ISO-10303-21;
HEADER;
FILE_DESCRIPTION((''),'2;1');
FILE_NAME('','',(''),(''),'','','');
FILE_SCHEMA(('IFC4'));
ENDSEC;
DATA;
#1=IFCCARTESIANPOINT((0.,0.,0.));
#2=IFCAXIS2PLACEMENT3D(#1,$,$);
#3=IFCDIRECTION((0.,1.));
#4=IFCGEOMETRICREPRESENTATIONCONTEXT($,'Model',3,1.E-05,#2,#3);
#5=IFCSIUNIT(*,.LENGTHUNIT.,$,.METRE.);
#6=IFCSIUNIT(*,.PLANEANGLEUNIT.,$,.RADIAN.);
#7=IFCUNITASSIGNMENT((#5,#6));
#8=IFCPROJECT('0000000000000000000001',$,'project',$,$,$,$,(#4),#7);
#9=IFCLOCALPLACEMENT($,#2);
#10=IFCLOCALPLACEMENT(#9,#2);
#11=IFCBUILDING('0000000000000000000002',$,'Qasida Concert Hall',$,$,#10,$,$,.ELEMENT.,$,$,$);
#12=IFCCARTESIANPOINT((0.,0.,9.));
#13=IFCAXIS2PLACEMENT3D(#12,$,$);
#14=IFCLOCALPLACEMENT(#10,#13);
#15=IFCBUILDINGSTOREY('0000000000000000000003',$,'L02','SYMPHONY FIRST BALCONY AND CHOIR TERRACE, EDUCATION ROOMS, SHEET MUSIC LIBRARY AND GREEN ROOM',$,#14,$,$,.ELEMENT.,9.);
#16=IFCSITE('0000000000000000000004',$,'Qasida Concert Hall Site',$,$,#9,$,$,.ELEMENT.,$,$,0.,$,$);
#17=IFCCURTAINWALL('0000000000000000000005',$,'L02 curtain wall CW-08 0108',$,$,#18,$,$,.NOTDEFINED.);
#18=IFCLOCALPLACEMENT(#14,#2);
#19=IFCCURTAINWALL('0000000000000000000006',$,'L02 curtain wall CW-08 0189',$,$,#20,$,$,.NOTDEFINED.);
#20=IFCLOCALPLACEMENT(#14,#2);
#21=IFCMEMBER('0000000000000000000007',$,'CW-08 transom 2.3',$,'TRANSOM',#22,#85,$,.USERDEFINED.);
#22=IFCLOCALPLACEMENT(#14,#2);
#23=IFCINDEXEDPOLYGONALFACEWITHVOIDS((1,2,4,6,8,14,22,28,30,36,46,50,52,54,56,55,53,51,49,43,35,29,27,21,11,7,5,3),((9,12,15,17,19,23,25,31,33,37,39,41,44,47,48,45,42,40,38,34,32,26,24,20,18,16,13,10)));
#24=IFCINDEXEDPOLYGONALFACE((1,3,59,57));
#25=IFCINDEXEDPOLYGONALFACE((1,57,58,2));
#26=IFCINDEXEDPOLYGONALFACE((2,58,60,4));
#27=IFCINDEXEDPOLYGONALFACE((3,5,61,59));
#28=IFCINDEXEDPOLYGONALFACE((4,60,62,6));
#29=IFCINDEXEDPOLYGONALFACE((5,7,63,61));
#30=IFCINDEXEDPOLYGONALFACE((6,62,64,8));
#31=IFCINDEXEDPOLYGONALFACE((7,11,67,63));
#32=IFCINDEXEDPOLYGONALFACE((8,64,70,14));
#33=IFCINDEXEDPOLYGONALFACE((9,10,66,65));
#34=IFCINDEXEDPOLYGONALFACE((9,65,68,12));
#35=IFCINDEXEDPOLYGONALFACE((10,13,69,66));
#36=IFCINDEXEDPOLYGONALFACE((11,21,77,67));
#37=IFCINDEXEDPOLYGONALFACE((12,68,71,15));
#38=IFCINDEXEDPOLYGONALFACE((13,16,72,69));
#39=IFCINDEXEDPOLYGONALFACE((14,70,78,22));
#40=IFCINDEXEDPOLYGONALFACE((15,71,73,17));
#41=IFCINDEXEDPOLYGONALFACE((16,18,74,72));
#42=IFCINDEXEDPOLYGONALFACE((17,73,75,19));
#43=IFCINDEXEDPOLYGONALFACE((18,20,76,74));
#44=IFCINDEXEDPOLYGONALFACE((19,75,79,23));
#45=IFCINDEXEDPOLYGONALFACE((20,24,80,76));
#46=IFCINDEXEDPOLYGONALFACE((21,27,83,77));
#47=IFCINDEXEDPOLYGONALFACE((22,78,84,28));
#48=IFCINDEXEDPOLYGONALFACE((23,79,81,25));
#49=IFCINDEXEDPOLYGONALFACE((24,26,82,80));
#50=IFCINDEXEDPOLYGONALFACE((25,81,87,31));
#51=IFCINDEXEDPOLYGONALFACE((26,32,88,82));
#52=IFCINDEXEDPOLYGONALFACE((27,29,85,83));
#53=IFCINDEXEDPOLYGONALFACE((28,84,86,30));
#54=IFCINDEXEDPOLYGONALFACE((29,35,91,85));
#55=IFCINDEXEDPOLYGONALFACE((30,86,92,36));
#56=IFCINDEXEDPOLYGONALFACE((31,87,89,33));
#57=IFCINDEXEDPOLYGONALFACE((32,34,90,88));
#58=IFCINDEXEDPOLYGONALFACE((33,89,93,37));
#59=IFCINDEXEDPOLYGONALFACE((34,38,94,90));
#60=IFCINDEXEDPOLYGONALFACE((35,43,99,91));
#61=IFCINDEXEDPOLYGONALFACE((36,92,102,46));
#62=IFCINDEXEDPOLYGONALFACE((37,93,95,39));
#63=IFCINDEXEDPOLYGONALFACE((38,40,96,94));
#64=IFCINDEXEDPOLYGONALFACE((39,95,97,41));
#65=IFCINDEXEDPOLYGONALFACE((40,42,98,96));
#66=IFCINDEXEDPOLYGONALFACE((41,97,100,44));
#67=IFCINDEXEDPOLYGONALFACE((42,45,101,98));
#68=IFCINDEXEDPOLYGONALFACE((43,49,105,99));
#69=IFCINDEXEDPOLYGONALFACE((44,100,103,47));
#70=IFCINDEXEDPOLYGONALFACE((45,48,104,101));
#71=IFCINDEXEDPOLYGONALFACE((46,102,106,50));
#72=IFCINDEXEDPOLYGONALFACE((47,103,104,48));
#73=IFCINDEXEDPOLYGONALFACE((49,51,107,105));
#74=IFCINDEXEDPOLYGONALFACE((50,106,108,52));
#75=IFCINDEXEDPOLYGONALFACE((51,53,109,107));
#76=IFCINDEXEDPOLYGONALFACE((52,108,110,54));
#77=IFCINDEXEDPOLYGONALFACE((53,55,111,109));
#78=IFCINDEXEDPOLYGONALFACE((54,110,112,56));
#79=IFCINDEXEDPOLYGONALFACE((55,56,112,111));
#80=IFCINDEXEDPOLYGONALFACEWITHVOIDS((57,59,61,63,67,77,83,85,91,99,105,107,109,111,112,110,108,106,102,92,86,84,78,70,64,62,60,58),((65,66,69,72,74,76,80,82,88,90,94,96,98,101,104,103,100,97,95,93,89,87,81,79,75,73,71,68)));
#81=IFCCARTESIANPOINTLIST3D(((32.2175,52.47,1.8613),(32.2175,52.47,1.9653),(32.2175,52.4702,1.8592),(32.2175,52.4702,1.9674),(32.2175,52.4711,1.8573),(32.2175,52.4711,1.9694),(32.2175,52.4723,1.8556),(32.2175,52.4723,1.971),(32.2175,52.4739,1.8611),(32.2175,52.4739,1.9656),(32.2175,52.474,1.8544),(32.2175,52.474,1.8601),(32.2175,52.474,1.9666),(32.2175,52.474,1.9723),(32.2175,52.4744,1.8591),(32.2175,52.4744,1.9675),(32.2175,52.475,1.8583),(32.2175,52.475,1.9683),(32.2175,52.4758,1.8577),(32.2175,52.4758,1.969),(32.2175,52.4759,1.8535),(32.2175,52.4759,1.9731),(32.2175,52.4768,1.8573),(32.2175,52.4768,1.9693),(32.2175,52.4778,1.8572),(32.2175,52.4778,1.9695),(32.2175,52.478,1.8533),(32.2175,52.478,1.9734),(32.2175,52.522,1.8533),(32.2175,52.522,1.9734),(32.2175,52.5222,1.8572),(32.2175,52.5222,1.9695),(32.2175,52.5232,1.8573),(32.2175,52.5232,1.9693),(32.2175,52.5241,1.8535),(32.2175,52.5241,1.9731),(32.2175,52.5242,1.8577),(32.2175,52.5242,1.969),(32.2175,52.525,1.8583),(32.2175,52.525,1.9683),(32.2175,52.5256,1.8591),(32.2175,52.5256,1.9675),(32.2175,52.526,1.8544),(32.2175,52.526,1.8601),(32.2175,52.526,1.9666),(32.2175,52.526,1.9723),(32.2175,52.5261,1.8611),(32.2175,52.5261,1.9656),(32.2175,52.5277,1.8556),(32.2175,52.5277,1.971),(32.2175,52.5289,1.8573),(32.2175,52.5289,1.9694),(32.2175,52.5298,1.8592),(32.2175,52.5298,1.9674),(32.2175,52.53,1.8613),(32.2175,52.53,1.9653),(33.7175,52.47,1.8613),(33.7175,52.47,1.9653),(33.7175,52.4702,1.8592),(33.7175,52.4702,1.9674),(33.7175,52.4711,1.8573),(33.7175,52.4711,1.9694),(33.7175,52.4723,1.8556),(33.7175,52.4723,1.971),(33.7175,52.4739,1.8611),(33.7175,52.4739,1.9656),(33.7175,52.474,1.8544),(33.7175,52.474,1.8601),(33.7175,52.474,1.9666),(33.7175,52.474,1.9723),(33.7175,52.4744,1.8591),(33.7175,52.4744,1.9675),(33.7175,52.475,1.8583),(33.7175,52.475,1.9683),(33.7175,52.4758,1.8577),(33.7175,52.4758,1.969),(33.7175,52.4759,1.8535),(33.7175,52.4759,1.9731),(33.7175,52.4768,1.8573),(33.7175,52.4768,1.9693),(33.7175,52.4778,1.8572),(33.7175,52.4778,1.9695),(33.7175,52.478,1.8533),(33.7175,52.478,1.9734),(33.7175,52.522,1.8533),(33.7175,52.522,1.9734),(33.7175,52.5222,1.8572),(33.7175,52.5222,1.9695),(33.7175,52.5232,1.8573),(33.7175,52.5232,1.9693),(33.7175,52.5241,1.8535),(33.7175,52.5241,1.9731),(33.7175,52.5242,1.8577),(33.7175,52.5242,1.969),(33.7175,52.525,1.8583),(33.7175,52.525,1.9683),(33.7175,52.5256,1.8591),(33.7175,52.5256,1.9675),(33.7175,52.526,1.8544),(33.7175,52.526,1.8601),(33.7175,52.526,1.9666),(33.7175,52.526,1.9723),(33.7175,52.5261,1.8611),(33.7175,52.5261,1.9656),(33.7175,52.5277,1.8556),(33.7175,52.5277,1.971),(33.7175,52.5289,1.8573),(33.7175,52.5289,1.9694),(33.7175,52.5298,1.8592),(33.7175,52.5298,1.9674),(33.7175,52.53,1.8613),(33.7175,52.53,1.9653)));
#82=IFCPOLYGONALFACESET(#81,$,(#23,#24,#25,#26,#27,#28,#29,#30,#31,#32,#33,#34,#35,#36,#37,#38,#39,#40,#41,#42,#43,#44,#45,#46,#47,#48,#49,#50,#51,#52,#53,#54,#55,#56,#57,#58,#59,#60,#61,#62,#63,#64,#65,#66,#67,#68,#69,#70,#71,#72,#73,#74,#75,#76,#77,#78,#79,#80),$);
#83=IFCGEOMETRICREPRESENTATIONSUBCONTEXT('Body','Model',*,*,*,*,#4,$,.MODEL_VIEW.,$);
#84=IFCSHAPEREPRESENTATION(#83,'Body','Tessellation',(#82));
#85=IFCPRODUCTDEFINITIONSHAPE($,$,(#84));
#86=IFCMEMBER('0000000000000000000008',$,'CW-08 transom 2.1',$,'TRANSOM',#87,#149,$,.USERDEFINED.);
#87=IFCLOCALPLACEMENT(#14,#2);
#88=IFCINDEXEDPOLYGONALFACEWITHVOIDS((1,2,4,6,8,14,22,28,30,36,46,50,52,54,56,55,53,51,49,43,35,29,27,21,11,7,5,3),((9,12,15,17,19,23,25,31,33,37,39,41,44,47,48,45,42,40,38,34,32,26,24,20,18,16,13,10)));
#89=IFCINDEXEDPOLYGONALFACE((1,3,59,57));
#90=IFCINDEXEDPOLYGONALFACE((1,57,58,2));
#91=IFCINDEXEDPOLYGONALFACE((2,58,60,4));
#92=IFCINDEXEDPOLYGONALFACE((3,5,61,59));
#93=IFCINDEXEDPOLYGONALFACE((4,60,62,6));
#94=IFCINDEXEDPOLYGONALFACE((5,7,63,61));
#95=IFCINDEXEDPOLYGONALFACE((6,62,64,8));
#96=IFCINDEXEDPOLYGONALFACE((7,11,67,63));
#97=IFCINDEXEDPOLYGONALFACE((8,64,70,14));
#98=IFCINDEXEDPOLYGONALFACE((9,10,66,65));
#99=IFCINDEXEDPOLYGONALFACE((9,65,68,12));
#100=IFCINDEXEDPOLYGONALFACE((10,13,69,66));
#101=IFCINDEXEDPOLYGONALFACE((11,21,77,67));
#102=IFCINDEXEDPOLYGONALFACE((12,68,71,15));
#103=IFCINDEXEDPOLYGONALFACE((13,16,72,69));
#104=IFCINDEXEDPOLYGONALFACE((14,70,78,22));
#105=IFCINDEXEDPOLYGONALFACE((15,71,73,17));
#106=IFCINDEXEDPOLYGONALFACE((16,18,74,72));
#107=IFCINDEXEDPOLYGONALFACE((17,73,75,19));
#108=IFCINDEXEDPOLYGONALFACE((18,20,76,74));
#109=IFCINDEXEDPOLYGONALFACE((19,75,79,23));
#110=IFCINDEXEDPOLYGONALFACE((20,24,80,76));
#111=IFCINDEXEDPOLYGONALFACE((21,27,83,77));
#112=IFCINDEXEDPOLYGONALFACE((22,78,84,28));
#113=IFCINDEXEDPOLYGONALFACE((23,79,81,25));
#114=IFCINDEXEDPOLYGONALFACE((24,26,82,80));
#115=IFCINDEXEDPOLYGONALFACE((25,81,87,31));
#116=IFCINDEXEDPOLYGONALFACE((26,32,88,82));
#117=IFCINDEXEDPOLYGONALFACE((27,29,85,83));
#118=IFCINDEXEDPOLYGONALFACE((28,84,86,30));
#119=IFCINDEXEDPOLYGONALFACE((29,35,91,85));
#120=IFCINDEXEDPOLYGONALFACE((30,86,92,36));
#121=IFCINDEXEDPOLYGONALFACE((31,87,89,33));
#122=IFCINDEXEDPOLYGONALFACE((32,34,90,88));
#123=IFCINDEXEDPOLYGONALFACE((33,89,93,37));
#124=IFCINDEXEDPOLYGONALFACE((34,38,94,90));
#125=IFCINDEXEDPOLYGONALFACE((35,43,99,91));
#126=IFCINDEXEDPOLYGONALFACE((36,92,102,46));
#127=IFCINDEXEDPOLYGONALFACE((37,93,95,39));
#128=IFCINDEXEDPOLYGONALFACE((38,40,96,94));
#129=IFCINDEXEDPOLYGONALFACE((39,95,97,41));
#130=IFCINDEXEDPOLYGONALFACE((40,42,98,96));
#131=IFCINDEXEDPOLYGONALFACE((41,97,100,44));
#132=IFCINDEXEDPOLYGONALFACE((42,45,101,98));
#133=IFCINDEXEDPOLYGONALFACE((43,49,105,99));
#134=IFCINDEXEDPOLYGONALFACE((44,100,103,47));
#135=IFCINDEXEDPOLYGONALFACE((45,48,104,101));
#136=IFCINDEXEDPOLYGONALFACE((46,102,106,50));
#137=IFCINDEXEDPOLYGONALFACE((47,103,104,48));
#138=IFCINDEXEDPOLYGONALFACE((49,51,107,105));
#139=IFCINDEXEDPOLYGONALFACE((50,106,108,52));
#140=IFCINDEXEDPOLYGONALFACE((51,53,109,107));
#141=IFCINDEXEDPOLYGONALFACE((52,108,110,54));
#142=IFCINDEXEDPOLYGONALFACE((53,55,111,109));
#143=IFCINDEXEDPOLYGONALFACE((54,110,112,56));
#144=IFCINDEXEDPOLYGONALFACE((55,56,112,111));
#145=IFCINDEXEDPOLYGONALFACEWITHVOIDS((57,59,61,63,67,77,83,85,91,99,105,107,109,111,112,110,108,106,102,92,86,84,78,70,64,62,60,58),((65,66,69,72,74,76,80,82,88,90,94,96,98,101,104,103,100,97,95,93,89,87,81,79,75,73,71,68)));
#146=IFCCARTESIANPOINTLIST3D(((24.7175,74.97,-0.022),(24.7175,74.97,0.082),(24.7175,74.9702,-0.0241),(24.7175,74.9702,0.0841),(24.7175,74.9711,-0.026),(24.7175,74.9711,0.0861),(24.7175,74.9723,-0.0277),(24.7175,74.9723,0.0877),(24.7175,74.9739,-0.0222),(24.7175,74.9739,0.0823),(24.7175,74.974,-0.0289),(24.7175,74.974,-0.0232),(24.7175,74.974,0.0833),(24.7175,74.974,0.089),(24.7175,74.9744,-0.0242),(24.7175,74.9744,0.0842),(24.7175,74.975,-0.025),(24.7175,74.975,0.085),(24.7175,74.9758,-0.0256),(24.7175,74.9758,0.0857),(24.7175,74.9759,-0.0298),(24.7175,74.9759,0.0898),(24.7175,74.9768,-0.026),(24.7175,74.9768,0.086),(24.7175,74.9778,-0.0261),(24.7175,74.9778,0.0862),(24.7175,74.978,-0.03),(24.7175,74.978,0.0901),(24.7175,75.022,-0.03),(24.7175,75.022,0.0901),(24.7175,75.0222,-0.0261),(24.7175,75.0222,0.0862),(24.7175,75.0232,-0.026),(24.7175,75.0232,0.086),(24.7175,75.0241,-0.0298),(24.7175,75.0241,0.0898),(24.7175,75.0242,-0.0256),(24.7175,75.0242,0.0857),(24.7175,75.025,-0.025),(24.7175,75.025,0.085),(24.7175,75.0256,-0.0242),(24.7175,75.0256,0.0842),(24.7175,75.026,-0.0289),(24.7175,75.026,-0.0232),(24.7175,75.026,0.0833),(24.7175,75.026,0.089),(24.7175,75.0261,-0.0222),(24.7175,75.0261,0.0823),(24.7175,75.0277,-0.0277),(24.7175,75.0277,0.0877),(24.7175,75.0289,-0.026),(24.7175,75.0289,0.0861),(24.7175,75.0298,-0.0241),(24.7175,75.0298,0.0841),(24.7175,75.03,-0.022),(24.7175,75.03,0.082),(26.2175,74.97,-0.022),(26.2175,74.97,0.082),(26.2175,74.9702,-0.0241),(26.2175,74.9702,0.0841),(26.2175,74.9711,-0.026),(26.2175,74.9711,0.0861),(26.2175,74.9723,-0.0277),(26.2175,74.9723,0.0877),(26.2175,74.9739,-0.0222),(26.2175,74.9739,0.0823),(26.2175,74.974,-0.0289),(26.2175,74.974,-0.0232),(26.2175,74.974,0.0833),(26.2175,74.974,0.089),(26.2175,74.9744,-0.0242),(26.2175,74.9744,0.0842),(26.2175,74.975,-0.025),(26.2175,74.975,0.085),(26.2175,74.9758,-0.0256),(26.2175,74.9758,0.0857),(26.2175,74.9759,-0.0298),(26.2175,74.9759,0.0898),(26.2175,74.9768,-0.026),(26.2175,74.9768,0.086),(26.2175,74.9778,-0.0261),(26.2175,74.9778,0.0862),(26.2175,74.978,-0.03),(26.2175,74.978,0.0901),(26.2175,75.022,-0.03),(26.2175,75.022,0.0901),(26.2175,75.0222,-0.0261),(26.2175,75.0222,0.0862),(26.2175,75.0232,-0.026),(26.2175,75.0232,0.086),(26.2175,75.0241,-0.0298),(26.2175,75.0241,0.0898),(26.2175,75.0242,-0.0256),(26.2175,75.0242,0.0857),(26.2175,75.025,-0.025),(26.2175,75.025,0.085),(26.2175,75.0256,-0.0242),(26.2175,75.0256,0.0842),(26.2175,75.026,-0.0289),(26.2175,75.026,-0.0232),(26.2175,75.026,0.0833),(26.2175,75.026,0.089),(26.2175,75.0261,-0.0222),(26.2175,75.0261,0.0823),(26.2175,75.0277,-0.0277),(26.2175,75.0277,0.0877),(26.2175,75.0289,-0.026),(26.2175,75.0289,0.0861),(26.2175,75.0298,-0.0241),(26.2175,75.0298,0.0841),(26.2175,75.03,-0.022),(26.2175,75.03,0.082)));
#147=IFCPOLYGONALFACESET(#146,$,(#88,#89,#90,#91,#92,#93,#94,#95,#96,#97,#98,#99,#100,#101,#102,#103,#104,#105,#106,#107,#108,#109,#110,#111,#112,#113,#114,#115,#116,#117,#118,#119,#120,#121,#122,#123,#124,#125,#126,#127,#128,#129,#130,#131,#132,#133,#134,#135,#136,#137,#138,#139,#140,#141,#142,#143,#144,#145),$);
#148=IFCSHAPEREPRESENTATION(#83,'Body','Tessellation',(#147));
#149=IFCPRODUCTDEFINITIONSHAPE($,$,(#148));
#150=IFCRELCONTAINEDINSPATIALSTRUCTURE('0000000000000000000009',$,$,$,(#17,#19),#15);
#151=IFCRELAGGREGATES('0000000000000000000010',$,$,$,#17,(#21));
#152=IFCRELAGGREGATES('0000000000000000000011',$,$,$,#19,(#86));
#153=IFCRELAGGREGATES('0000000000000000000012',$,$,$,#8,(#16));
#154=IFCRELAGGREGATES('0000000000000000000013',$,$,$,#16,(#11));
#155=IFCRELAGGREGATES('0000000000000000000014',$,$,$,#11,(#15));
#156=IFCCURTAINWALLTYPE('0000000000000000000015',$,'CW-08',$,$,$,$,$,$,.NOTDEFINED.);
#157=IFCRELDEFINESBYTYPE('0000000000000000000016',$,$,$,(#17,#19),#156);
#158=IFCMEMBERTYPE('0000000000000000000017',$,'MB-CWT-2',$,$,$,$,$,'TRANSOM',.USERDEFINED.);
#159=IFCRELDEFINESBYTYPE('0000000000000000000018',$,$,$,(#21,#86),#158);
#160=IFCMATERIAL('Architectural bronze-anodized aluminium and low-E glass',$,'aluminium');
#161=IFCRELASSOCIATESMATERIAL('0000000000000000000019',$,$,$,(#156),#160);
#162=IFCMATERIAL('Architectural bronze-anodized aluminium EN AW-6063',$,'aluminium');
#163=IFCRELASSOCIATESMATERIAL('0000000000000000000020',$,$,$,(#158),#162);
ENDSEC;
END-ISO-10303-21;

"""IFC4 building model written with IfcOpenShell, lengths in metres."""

from ifc_helpers import new_model, si_unit, direction, frame, origin, origin_2d, place, context, subcontext, project, spatial, hollow_rectangle, extrude, material, material_profile, profile_set, type_object, element, aggregate, save


model = new_model("IFC4")

# Units and contexts
model_context = context("Model", 3, precision=1e-05, world=origin(), true_north=direction((0.0, 1.0)))
body_context = subcontext(model_context, "Body", "Model", "MODEL_VIEW")
ifc_project = project(units=[si_unit("LENGTHUNIT", "METRE"), si_unit("PLANEANGLEUNIT", "RADIAN")], contexts=[model_context])

# Site, building, storey
site_placement = place(None, origin())
site = spatial("IfcSite", under=ifc_project, at=site_placement, Name="Qasida Concert Hall Site", CompositionType="ELEMENT", RefElevation=0.0)
building_placement = place(site_placement, origin())
building = spatial("IfcBuilding", under=site, at=building_placement, Name="Qasida Concert Hall", CompositionType="ELEMENT")
storey_placement = place(building_placement, frame((0.0, 0.0, 9.0)))
storey = spatial("IfcBuildingStorey", under=building, at=storey_placement, Name="L02", Description="SYMPHONY FIRST BALCONY AND CHOIR TERRACE, EDUCATION ROOMS, SHEET MUSIC LIBRARY AND GREEN ROOM", CompositionType="ELEMENT", Elevation=9.0)

# Shared definitions
ifc_material_1 = material(Name="Architectural bronze-anodized aluminium and low-E glass", Category="aluminium")
curtain_wall_type = type_object("IfcCurtainWallType", Name="CW-08", PredefinedType="NOTDEFINED", material=ifc_material_1)
ifc_material_2 = material(Name="Architectural bronze-anodized aluminium EN AW-6063", Category="aluminium")

# Curtain wall
curtain_wall_1_placement = place(storey_placement, origin())
curtain_wall_1 = element("IfcCurtainWall", 1, at=curtain_wall_1_placement, inside=storey, type_object=curtain_wall_type, Name="L02 curtain wall CW-08 0108", PredefinedType="NOTDEFINED")

# Curtain wall
curtain_wall_2_placement = place(storey_placement, origin())
curtain_wall_2 = element("IfcCurtainWall", 2, at=curtain_wall_2_placement, inside=storey, type_object=curtain_wall_type, Name="L02 curtain wall CW-08 0189", PredefinedType="NOTDEFINED")

# Members
ifc_material_profile_1 = material_profile(ifc_material_2, hollow_rectangle(XDim=0.0601, YDim=0.1201, WallThickness=0.0039, InnerFilletRadius=0.0039, OuterFilletRadius=0.0081, at=origin_2d()), Name="CWT 120x60x4")
ifc_profile_set_1 = profile_set([ifc_material_profile_1], Name="Architectural bronze-anodized aluminium EN AW-6063")
member_type_1 = type_object("IfcMemberType", Name="MB-CWT-2", ElementType="TRANSOM", PredefinedType="USERDEFINED", material=ifc_profile_set_1)
member_1_placement = place(storey_placement, frame((32.2175, 52.5, 1.9133), z_axis=(1.0, 0.0, 0.0), x_axis=(0.0, 1.0, 0.0)))
member_1 = element("IfcMember", 3, at=member_1_placement, type_object=member_type_1, Name="CW-08 transom 2.3", ObjectType="TRANSOM", PredefinedType="USERDEFINED", context=body_context, shape_type="SweptSolid", body=[
    extrude(hollow_rectangle(XDim=0.0601, YDim=0.1201, WallThickness=0.0039, InnerFilletRadius=0.0039, OuterFilletRadius=0.0081, at=origin_2d()), origin(), (0.0, 0.0, 1.0), 1.5),
])
member_2_placement = place(storey_placement, frame((24.7175, 75.0, 0.03), z_axis=(1.0, 0.0, 0.0), x_axis=(0.0, 1.0, 0.0)))
member_2 = element("IfcMember", 4, at=member_2_placement, type_object=member_type_1, Name="CW-08 transom 2.1", ObjectType="TRANSOM", PredefinedType="USERDEFINED", context=body_context, shape_type="SweptSolid", body=[
    extrude(hollow_rectangle(XDim=0.0601, YDim=0.1201, WallThickness=0.0039, InnerFilletRadius=0.0039, OuterFilletRadius=0.0081, at=origin_2d()), origin(), (0.0, 0.0, 1.0), 1.5),
])

aggregate(curtain_wall_1, [member_1])
aggregate(curtain_wall_2, [member_2])

save(model, "model.ifc")
